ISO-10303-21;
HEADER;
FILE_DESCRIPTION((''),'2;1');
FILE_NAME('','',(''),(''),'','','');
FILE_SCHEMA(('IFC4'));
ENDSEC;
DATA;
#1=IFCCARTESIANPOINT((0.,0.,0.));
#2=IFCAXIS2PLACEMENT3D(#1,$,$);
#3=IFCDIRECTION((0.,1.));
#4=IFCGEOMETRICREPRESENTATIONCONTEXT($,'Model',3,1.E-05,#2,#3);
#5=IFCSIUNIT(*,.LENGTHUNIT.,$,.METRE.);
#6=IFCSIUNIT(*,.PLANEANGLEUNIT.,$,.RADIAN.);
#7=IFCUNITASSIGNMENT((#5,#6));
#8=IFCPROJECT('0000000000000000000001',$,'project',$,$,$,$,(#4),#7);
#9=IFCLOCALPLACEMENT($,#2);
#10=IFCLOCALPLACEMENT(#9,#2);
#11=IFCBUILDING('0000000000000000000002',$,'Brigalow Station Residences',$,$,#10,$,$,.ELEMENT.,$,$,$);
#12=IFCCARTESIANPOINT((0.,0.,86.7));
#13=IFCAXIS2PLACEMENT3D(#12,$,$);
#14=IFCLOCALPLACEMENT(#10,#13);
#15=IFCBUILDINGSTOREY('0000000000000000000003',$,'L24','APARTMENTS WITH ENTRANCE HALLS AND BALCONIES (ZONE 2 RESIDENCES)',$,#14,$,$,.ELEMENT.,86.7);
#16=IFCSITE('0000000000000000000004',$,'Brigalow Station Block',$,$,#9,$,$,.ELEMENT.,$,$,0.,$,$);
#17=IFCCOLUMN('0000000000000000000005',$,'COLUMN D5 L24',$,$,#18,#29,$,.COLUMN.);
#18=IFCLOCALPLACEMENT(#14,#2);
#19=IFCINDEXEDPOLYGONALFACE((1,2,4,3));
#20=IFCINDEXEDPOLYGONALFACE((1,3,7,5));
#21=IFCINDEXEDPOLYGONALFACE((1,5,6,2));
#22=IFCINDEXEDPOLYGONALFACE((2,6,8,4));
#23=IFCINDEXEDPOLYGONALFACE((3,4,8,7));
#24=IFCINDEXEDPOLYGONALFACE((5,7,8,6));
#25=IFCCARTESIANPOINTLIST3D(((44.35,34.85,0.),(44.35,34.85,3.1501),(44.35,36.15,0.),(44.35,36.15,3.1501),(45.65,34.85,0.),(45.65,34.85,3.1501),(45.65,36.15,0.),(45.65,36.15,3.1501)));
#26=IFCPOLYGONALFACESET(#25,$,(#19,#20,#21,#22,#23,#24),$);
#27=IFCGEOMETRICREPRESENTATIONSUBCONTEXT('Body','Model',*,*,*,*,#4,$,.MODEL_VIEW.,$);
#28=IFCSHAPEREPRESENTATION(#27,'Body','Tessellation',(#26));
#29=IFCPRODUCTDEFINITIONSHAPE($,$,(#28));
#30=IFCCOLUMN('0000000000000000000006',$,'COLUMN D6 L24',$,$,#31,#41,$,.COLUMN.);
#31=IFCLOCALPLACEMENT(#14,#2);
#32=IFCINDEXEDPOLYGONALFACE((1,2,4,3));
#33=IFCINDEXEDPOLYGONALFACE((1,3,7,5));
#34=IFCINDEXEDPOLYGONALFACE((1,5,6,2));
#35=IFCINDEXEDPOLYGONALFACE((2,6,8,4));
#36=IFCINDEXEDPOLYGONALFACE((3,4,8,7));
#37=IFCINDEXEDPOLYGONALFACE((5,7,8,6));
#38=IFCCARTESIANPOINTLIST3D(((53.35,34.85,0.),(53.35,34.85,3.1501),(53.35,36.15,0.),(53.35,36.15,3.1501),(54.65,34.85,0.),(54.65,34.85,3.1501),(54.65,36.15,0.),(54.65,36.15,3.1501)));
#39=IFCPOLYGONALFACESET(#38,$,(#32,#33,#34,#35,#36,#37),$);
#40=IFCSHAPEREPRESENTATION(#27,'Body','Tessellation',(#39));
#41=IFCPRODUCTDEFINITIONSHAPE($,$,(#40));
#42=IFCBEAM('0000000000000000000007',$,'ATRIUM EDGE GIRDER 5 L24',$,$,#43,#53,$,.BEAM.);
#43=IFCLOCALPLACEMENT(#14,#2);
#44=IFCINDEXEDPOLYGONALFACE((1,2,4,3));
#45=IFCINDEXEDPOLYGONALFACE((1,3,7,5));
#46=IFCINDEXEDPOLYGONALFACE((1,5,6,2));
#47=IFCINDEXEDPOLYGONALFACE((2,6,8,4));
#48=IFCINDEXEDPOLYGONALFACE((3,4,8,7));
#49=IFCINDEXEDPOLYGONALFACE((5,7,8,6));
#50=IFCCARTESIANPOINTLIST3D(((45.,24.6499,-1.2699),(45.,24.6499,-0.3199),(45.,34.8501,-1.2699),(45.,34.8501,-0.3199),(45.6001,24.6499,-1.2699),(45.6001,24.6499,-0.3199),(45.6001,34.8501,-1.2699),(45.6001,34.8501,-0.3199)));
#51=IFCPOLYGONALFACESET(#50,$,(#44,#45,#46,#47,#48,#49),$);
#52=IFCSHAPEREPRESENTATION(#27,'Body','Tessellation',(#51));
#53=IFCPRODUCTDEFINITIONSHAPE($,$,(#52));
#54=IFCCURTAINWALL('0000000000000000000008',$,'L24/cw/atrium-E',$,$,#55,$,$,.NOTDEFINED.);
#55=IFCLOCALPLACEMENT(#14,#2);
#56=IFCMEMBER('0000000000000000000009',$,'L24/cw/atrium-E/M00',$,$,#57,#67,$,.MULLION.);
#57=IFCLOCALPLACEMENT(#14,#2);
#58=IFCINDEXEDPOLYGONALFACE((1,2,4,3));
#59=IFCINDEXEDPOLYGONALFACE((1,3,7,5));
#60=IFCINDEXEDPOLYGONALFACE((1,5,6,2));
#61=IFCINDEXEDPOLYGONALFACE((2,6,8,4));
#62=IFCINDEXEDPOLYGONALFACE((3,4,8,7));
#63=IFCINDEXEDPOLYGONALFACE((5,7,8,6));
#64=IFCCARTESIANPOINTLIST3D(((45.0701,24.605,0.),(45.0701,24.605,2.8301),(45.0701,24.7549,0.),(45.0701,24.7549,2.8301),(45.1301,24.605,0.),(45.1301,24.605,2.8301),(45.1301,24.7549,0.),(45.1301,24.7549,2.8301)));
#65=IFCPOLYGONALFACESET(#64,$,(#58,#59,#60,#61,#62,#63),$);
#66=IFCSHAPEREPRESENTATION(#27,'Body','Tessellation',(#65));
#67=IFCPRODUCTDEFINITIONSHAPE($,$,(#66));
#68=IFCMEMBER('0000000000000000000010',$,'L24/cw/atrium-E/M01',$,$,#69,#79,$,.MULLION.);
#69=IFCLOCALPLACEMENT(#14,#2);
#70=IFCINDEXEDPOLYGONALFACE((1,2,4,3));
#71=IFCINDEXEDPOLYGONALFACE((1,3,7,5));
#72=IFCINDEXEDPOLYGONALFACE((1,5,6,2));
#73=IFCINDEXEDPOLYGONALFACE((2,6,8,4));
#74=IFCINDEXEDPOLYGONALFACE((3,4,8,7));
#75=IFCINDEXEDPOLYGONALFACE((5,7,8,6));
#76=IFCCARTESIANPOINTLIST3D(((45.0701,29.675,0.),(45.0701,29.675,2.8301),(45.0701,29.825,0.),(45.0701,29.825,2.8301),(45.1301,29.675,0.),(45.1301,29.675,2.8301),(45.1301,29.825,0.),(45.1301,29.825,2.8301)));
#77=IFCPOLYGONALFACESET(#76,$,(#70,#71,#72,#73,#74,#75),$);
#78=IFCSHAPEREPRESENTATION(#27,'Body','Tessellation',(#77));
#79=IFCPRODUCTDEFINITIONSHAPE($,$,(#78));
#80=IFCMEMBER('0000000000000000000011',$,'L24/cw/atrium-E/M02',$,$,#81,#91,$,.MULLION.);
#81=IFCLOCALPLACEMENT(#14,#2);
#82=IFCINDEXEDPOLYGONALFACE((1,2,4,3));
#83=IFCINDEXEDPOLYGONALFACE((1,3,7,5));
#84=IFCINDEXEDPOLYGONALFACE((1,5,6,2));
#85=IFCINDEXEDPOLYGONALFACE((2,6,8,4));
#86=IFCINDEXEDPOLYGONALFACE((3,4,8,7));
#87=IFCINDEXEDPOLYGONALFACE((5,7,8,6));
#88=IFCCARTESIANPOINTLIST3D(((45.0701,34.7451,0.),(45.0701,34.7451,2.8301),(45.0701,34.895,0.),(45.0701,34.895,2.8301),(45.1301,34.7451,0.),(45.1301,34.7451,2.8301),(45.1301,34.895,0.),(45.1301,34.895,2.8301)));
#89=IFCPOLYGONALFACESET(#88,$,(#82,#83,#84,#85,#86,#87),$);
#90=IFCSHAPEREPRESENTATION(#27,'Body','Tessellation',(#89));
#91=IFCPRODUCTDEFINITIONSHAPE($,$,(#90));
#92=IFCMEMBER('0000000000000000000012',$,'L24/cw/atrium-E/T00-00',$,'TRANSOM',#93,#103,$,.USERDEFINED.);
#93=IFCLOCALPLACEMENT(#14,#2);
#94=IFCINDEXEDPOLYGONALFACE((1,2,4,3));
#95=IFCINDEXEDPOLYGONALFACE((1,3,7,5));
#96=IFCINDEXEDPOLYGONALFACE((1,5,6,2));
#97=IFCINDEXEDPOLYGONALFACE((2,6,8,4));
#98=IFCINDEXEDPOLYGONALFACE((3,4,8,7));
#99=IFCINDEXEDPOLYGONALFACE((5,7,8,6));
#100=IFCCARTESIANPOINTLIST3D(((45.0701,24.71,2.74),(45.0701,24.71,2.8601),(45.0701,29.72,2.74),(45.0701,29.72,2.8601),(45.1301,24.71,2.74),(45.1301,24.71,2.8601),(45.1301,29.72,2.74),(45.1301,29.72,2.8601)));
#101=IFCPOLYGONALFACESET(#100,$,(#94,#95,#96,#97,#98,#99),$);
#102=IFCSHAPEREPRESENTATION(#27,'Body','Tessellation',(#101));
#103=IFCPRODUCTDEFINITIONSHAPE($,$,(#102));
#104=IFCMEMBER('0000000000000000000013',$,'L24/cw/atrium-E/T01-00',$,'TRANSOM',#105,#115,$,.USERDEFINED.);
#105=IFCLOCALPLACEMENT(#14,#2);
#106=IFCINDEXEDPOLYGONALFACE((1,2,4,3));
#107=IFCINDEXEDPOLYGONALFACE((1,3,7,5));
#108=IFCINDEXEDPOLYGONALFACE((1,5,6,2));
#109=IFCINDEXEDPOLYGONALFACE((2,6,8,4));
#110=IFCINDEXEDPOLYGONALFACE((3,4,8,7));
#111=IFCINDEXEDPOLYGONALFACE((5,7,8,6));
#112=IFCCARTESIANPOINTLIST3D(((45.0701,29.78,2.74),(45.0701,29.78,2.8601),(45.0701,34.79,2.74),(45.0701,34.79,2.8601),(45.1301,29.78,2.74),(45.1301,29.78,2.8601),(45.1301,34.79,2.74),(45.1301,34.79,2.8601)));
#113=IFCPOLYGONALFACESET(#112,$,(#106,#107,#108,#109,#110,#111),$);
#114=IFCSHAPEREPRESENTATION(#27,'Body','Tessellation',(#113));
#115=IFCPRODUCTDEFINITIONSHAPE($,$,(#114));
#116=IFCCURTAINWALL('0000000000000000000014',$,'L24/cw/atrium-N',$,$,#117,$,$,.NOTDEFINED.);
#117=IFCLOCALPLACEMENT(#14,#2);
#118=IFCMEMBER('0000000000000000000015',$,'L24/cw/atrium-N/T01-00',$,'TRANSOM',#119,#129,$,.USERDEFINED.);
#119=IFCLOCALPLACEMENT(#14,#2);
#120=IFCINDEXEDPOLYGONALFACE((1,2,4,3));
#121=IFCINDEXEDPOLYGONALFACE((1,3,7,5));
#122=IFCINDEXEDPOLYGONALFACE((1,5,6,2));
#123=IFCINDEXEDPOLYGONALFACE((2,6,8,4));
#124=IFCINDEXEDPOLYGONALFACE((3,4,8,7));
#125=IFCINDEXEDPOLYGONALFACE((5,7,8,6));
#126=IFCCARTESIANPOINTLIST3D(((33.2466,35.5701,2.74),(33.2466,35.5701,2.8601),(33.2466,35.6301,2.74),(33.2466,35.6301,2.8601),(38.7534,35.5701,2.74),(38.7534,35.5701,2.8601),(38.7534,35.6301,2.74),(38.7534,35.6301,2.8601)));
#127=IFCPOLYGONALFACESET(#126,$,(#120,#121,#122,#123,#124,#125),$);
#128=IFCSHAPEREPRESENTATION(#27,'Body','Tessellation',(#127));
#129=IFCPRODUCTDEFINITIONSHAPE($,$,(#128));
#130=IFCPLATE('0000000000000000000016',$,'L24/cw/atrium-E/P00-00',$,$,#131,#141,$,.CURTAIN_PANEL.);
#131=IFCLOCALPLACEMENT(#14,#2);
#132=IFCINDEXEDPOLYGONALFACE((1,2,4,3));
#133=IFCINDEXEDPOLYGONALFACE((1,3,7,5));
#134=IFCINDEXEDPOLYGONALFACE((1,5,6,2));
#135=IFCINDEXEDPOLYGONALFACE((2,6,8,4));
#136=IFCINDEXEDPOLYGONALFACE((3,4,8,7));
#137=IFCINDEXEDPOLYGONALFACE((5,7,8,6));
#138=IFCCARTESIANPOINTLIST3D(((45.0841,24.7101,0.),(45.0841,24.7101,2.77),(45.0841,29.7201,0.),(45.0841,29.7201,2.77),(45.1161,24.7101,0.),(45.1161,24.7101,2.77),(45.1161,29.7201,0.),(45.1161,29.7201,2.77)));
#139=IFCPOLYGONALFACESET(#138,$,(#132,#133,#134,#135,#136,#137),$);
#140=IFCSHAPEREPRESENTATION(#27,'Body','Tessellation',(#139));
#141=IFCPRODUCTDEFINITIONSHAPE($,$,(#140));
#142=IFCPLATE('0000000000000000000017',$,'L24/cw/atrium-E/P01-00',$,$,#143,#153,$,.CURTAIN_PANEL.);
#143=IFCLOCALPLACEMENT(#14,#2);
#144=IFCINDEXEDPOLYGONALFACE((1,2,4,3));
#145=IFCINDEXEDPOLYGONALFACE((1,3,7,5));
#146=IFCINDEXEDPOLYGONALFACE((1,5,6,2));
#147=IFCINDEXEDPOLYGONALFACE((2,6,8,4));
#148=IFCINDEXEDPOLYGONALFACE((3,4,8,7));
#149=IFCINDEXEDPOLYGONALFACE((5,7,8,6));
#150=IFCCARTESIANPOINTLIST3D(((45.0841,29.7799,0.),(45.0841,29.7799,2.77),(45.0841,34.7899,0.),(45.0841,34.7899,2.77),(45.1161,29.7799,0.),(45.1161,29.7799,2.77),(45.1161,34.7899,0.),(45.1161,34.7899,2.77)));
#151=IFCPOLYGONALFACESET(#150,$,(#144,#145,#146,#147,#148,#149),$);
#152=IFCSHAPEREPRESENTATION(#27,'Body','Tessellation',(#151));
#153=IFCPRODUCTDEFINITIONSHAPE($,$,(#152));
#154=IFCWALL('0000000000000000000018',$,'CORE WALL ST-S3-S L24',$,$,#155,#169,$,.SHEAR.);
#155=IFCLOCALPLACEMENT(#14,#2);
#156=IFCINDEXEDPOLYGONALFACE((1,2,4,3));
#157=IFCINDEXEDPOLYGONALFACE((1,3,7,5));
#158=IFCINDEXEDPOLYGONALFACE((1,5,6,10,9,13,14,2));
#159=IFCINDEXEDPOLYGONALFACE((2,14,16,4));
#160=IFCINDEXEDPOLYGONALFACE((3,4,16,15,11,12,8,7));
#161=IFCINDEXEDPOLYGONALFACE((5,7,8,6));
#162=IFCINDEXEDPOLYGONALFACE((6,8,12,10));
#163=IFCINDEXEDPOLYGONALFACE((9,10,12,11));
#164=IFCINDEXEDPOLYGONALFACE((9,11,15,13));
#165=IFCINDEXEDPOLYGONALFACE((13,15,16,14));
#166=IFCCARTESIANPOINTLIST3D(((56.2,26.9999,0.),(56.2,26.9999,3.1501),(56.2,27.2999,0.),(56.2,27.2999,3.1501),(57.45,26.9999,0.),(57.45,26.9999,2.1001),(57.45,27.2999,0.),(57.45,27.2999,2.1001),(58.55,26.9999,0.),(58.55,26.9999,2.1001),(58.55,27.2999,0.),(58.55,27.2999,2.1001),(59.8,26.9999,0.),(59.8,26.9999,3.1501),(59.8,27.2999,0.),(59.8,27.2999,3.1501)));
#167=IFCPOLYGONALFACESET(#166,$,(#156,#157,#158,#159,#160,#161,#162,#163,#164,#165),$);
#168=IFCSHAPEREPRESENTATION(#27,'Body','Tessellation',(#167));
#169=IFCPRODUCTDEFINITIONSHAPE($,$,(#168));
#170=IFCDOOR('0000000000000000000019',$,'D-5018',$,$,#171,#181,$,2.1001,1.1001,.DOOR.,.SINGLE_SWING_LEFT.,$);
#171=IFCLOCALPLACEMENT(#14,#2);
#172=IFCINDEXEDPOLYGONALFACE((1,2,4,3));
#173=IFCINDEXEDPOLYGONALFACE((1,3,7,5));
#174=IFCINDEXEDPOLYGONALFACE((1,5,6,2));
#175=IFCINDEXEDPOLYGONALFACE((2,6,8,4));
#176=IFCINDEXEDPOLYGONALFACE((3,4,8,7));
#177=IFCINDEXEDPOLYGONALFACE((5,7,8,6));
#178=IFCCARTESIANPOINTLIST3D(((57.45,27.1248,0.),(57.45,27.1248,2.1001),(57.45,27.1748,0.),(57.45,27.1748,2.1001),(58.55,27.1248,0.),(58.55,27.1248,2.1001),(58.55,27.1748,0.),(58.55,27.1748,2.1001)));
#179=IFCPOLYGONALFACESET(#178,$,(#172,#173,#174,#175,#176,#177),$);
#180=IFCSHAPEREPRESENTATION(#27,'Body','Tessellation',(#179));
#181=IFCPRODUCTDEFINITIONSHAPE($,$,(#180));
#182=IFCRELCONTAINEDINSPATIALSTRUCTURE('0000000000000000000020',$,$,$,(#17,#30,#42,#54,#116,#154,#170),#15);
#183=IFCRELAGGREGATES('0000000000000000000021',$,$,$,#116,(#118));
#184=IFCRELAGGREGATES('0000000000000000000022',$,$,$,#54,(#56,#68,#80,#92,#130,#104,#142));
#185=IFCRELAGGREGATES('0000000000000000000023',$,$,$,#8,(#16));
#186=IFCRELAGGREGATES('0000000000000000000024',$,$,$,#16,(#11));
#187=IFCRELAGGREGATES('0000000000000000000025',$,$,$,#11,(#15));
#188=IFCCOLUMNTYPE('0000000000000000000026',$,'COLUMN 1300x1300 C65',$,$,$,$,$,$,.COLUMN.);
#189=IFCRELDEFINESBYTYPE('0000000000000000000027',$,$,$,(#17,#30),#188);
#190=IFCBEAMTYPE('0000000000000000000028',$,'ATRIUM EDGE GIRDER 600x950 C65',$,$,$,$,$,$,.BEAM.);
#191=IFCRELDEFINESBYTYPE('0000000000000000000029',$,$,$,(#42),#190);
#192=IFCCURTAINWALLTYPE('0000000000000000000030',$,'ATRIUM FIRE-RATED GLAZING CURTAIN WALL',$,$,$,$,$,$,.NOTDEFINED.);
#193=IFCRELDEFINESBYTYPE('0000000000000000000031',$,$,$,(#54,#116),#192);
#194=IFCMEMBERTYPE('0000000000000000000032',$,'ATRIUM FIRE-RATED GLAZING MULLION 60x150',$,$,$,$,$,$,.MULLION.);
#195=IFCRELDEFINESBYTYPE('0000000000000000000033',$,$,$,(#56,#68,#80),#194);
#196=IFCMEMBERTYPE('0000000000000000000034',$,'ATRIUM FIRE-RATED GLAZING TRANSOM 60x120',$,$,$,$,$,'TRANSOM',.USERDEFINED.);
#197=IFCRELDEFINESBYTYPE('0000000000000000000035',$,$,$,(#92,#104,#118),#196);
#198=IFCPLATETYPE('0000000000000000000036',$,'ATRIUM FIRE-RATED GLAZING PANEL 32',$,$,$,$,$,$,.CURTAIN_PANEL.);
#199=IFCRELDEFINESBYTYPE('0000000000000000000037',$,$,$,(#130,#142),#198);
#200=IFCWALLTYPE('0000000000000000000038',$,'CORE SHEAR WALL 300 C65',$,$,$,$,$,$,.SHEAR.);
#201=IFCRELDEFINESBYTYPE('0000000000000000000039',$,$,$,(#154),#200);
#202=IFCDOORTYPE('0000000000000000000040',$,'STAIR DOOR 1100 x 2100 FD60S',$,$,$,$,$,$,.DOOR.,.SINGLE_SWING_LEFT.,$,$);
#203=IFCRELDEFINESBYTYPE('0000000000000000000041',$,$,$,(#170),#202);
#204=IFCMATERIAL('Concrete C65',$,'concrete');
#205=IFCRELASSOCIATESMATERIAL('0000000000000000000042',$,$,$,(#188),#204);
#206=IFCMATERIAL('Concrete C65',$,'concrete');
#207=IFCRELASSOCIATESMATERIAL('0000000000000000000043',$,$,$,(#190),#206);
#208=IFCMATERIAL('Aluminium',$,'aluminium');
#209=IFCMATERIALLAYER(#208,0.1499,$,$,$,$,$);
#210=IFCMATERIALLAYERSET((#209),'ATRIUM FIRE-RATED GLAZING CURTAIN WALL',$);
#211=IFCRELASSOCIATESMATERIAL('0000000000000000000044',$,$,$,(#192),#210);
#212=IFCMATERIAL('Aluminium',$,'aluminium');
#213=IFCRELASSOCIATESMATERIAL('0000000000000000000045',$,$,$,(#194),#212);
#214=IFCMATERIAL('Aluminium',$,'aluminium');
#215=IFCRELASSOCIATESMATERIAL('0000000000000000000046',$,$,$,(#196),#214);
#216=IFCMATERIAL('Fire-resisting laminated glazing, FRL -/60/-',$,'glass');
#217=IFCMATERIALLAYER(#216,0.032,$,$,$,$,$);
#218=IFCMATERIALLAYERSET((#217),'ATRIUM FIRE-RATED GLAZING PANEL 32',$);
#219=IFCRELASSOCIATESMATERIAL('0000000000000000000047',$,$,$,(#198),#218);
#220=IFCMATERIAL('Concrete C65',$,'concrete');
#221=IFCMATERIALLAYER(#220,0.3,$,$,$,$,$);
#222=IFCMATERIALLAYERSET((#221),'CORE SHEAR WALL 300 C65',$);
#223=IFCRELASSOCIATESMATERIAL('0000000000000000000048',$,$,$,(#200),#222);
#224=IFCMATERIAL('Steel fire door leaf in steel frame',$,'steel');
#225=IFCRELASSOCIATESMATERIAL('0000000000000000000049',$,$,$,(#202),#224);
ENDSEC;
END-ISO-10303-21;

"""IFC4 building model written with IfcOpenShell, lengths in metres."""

from ifc_helpers import new_model, si_unit, direction, frame, frame_2d, origin, origin_2d, place, context, subcontext, project, spatial, rectangle, extrude, material, layer, layer_set, material_profile, profile_set, type_object, element, fill, aggregate, save


model = new_model("IFC4")

# Units and contexts
model_context = context("Model", 3, precision=1e-05, world=origin(), true_north=direction((0.0, 1.0)))
body_context = subcontext(model_context, "Body", "Model", "MODEL_VIEW")
ifc_project = project(units=[si_unit("LENGTHUNIT", "METRE"), si_unit("PLANEANGLEUNIT", "RADIAN")], contexts=[model_context])

# Site, building, storey
site_placement = place(None, origin())
site = spatial("IfcSite", under=ifc_project, at=site_placement, Name="Brigalow Station Block", CompositionType="ELEMENT", RefElevation=0.0)
building_placement = place(site_placement, origin())
building = spatial("IfcBuilding", under=site, at=building_placement, Name="Brigalow Station Residences", CompositionType="ELEMENT")
storey_placement = place(building_placement, frame((0.0, 0.0, 86.7)))
storey = spatial("IfcBuildingStorey", under=building, at=storey_placement, Name="L24", Description="APARTMENTS WITH ENTRANCE HALLS AND BALCONIES (ZONE 2 RESIDENCES)", CompositionType="ELEMENT", Elevation=86.7)

# Columns
ifc_material_1 = material(Name="Concrete C65", Category="concrete")
ifc_material_profile_1 = material_profile(ifc_material_1, rectangle(XDim=1.3, YDim=1.3, at=origin_2d()), Name="RC1300x1300")
ifc_profile_set_1 = profile_set([ifc_material_profile_1], Name="Concrete C65")
column_type = type_object("IfcColumnType", Name="COLUMN 1300x1300 C65", PredefinedType="COLUMN", material=ifc_profile_set_1)
for number, where, z_axis, x_axis, name in (
    (1, (45.0, 35.5, 0.0), (0.0, 0.0, 1.0), (1.0, 0.0, 0.0), "COLUMN D5 L24"),
    (2, (54.0, 35.5, 0.0), (0.0, 0.0, 1.0), (1.0, 0.0, 0.0), "COLUMN D6 L24"),
):
    element("IfcColumn", number, at=place(storey_placement, frame(where, z_axis=z_axis, x_axis=x_axis)), inside=storey, type_object=column_type, Name=name, PredefinedType="COLUMN", context=body_context, shape_type="SweptSolid", body=[
        extrude(rectangle(XDim=1.3, YDim=1.3, at=origin_2d()), origin(), (0.0, 0.0, 1.0), 3.1501),
    ])

# Beam
ifc_material_2 = material(Name="Concrete C65", Category="concrete")
ifc_material_profile_2 = material_profile(ifc_material_2, rectangle(XDim=0.6001, YDim=0.95, at=origin_2d()), Name="RC600x950")
ifc_profile_set_2 = profile_set([ifc_material_profile_2], Name="Concrete C65")
beam_type = type_object("IfcBeamType", Name="ATRIUM EDGE GIRDER 600x950 C65", PredefinedType="BEAM", material=ifc_profile_set_2)
beam_placement = place(storey_placement, frame((45.3, 24.6499, -0.7949), z_axis=(0.0, 1.0, 0.0), x_axis=(-1.0, 0.0, 0.0)))
element("IfcBeam", 3, at=beam_placement, inside=storey, type_object=beam_type, Name="ATRIUM EDGE GIRDER 5 L24", PredefinedType="BEAM", context=body_context, shape_type="SweptSolid", body=[
    extrude(rectangle(XDim=0.6001, YDim=0.95, at=origin_2d()), origin(), (0.0, 0.0, 1.0), 10.2002),
])

# Curtain wall, members
ifc_material_3 = material(Name="Aluminium", Category="aluminium")
ifc_layer_1 = layer(ifc_material_3, 0.1499)
ifc_layer_set_1 = layer_set([ifc_layer_1], Name="ATRIUM FIRE-RATED GLAZING CURTAIN WALL")
curtain_wall_type = type_object("IfcCurtainWallType", Name="ATRIUM FIRE-RATED GLAZING CURTAIN WALL", PredefinedType="NOTDEFINED", material=ifc_layer_set_1)
curtain_wall_1_placement = place(storey_placement, origin())
curtain_wall_1 = element("IfcCurtainWall", 4, at=curtain_wall_1_placement, inside=storey, type_object=curtain_wall_type, Name="L24/cw/atrium-E", PredefinedType="NOTDEFINED")
ifc_material_4 = material(Name="Aluminium", Category="aluminium")
ifc_material_profile_3 = material_profile(ifc_material_4, rectangle(XDim=0.0601, YDim=0.1499, at=origin_2d()), Name="ATRIUM FIRE-RATED GLAZING MULLION 60x150")
ifc_profile_set_3 = profile_set([ifc_material_profile_3], Name="Aluminium")
member_type_1 = type_object("IfcMemberType", Name="ATRIUM FIRE-RATED GLAZING MULLION 60x150", PredefinedType="MULLION", material=ifc_profile_set_3)
member_1_placement = place(storey_placement, frame((45.1001, 24.6799, 0.0), z_axis=(0.0, 0.0, 1.0), x_axis=(-1.0, 0.0, 0.0)))
member_1 = element("IfcMember", 5, at=member_1_placement, type_object=member_type_1, Name="L24/cw/atrium-E/M00", PredefinedType="MULLION", context=body_context, shape_type="SweptSolid", body=[
    extrude(rectangle(XDim=0.0601, YDim=0.1499, at=origin_2d()), origin(), (0.0, 0.0, 1.0), 2.8301),
])
member_2_placement = place(storey_placement, frame((45.1001, 29.75, 0.0), z_axis=(0.0, 0.0, 1.0), x_axis=(-1.0, 0.0, 0.0)))
member_2 = element("IfcMember", 6, at=member_2_placement, type_object=member_type_1, Name="L24/cw/atrium-E/M01", PredefinedType="MULLION", context=body_context, shape_type="SweptSolid", body=[
    extrude(rectangle(XDim=0.0601, YDim=0.1499, at=origin_2d()), origin(), (0.0, 0.0, 1.0), 2.8301),
])
member_3_placement = place(storey_placement, frame((45.1001, 34.8201, 0.0), z_axis=(0.0, 0.0, 1.0), x_axis=(-1.0, 0.0, 0.0)))
member_3 = element("IfcMember", 7, at=member_3_placement, type_object=member_type_1, Name="L24/cw/atrium-E/M02", PredefinedType="MULLION", context=body_context, shape_type="SweptSolid", body=[
    extrude(rectangle(XDim=0.0601, YDim=0.1499, at=origin_2d()), origin(), (0.0, 0.0, 1.0), 2.8301),
])
ifc_material_5 = material(Name="Aluminium", Category="aluminium")
ifc_material_profile_4 = material_profile(ifc_material_5, rectangle(XDim=0.0601, YDim=0.1201, at=origin_2d()), Name="ATRIUM FIRE-RATED GLAZING TRANSOM 60x120")
ifc_profile_set_4 = profile_set([ifc_material_profile_4], Name="Aluminium")
member_type_2 = type_object("IfcMemberType", Name="ATRIUM FIRE-RATED GLAZING TRANSOM 60x120", ElementType="TRANSOM", PredefinedType="USERDEFINED", material=ifc_profile_set_4)
member_4_placement = place(storey_placement, frame((45.1001, 24.71, 2.8), z_axis=(0.0, 1.0, 0.0), x_axis=(-1.0, 0.0, 0.0)))
member_4 = element("IfcMember", 8, at=member_4_placement, type_object=member_type_2, Name="L24/cw/atrium-E/T00-00", ObjectType="TRANSOM", PredefinedType="USERDEFINED", context=body_context, shape_type="SweptSolid", body=[
    extrude(rectangle(XDim=0.0601, YDim=0.1201, at=origin_2d()), origin(), (0.0, 0.0, 1.0), 5.01),
])
member_5_placement = place(storey_placement, frame((45.1001, 29.78, 2.8), z_axis=(0.0, 1.0, 0.0), x_axis=(-1.0, 0.0, 0.0)))
member_5 = element("IfcMember", 9, at=member_5_placement, type_object=member_type_2, Name="L24/cw/atrium-E/T01-00", ObjectType="TRANSOM", PredefinedType="USERDEFINED", context=body_context, shape_type="SweptSolid", body=[
    extrude(rectangle(XDim=0.0601, YDim=0.1201, at=origin_2d()), origin(), (0.0, 0.0, 1.0), 5.01),
])

# Curtain wall, member
curtain_wall_2_placement = place(storey_placement, origin())
curtain_wall_2 = element("IfcCurtainWall", 10, at=curtain_wall_2_placement, inside=storey, type_object=curtain_wall_type, Name="L24/cw/atrium-N", PredefinedType="NOTDEFINED")
member_6_placement = place(storey_placement, frame((38.7534, 35.6001, 2.8), z_axis=(-1.0, 0.0, 0.0), x_axis=(0.0, -1.0, 0.0)))
member_6 = element("IfcMember", 11, at=member_6_placement, type_object=member_type_2, Name="L24/cw/atrium-N/T01-00", ObjectType="TRANSOM", PredefinedType="USERDEFINED", context=body_context, shape_type="SweptSolid", body=[
    extrude(rectangle(XDim=0.0601, YDim=0.1201, at=origin_2d()), origin(), (0.0, 0.0, 1.0), 5.5068),
])
aggregate(curtain_wall_2, [member_6])

# Plates
ifc_material_6 = material(Name="Fire-resisting laminated glazing, FRL -/60/-", Category="glass")
ifc_layer_2 = layer(ifc_material_6, 0.032)
ifc_layer_set_2 = layer_set([ifc_layer_2], Name="ATRIUM FIRE-RATED GLAZING PANEL 32")
plate_type = type_object("IfcPlateType", Name="ATRIUM FIRE-RATED GLAZING PANEL 32", PredefinedType="CURTAIN_PANEL", material=ifc_layer_set_2)
plate_1_placement = place(storey_placement, frame((45.1001, 27.2151, 0.0), z_axis=(0.0, 0.0, 1.0), x_axis=(0.0, 1.0, 0.0)))
plate_1 = element("IfcPlate", 12, at=plate_1_placement, type_object=plate_type, Name="L24/cw/atrium-E/P00-00", PredefinedType="CURTAIN_PANEL", context=body_context, shape_type="SweptSolid", body=[
    extrude(rectangle(XDim=5.01, YDim=0.032, at=origin_2d()), origin(), (0.0, 0.0, 1.0), 2.77),
])
plate_2_placement = place(storey_placement, frame((45.1001, 32.2849, 0.0), z_axis=(0.0, 0.0, 1.0), x_axis=(0.0, 1.0, 0.0)))
plate_2 = element("IfcPlate", 13, at=plate_2_placement, type_object=plate_type, Name="L24/cw/atrium-E/P01-00", PredefinedType="CURTAIN_PANEL", context=body_context, shape_type="SweptSolid", body=[
    extrude(rectangle(XDim=5.01, YDim=0.032, at=origin_2d()), origin(), (0.0, 0.0, 1.0), 2.77),
])
aggregate(curtain_wall_1, [member_1, member_2, member_3, member_4, plate_1, member_5, plate_2])

# Wall, opening, door
ifc_material_7 = material(Name="Concrete C65", Category="concrete")
ifc_layer_3 = layer(ifc_material_7, 0.3)
ifc_layer_set_3 = layer_set([ifc_layer_3], Name="CORE SHEAR WALL 300 C65")
wall_type_1 = type_object("IfcWallType", Name="CORE SHEAR WALL 300 C65", PredefinedType="SHEAR", material=ifc_layer_set_3)
wall_1_placement = place(storey_placement, frame((56.2, 27.1499, 0.0), z_axis=(0.0, 0.0, 1.0), x_axis=(1.0, 0.0, 0.0)))
wall_1 = element("IfcWall", 14, at=wall_1_placement, inside=storey, type_object=wall_type_1, Name="CORE WALL ST-S3-S L24", PredefinedType="SHEAR", context=body_context, shape_type="SweptSolid", body=[
    extrude(rectangle(XDim=3.6001, YDim=0.3, at=frame_2d((1.8, 0.0))), origin(), (0.0, 0.0, 1.0), 3.1501),
])
opening_1_placement = place(wall_1_placement, frame((1.25, 0.0, 0.0)))
opening_1 = element("IfcOpeningElement", 15, at=opening_1_placement, cuts=wall_1, PredefinedType="OPENING", context=body_context, shape_type="SweptSolid", body=[
    extrude(rectangle(XDim=1.1001, YDim=2.1001, at=frame_2d((0.55, 1.05))), frame((0.0, 0.1602, 0.0), z_axis=(0.0, -1.0, 0.0), x_axis=(1.0, 0.0, 0.0)), (0.0, 0.0, 1.0), 0.3201),
])
ifc_material_8 = material(Name="Steel fire door leaf in steel frame", Category="steel")
door_type_1 = type_object("IfcDoorType", Name="STAIR DOOR 1100 x 2100 FD60S", OperationType="SINGLE_SWING_LEFT", PredefinedType="DOOR", material=ifc_material_8)
door_1_placement = place(opening_1_placement, origin())
door_1 = element("IfcDoor", 16, at=door_1_placement, inside=storey, type_object=door_type_1, Name="D-5018", OperationType="SINGLE_SWING_LEFT", OverallHeight=2.1001, OverallWidth=1.1001, PredefinedType="DOOR", context=body_context, shape_type="SweptSolid", body=[
    extrude(rectangle(XDim=1.1001, YDim=2.1001, at=frame_2d((0.55, 1.05))), frame((0.0, 0.0249, 0.0), z_axis=(0.0, -1.0, 0.0), x_axis=(1.0, 0.0, 0.0)), (0.0, 0.0, 1.0), 0.05),
])
fill(opening_1, door_1)

save(model, "model.ifc")
